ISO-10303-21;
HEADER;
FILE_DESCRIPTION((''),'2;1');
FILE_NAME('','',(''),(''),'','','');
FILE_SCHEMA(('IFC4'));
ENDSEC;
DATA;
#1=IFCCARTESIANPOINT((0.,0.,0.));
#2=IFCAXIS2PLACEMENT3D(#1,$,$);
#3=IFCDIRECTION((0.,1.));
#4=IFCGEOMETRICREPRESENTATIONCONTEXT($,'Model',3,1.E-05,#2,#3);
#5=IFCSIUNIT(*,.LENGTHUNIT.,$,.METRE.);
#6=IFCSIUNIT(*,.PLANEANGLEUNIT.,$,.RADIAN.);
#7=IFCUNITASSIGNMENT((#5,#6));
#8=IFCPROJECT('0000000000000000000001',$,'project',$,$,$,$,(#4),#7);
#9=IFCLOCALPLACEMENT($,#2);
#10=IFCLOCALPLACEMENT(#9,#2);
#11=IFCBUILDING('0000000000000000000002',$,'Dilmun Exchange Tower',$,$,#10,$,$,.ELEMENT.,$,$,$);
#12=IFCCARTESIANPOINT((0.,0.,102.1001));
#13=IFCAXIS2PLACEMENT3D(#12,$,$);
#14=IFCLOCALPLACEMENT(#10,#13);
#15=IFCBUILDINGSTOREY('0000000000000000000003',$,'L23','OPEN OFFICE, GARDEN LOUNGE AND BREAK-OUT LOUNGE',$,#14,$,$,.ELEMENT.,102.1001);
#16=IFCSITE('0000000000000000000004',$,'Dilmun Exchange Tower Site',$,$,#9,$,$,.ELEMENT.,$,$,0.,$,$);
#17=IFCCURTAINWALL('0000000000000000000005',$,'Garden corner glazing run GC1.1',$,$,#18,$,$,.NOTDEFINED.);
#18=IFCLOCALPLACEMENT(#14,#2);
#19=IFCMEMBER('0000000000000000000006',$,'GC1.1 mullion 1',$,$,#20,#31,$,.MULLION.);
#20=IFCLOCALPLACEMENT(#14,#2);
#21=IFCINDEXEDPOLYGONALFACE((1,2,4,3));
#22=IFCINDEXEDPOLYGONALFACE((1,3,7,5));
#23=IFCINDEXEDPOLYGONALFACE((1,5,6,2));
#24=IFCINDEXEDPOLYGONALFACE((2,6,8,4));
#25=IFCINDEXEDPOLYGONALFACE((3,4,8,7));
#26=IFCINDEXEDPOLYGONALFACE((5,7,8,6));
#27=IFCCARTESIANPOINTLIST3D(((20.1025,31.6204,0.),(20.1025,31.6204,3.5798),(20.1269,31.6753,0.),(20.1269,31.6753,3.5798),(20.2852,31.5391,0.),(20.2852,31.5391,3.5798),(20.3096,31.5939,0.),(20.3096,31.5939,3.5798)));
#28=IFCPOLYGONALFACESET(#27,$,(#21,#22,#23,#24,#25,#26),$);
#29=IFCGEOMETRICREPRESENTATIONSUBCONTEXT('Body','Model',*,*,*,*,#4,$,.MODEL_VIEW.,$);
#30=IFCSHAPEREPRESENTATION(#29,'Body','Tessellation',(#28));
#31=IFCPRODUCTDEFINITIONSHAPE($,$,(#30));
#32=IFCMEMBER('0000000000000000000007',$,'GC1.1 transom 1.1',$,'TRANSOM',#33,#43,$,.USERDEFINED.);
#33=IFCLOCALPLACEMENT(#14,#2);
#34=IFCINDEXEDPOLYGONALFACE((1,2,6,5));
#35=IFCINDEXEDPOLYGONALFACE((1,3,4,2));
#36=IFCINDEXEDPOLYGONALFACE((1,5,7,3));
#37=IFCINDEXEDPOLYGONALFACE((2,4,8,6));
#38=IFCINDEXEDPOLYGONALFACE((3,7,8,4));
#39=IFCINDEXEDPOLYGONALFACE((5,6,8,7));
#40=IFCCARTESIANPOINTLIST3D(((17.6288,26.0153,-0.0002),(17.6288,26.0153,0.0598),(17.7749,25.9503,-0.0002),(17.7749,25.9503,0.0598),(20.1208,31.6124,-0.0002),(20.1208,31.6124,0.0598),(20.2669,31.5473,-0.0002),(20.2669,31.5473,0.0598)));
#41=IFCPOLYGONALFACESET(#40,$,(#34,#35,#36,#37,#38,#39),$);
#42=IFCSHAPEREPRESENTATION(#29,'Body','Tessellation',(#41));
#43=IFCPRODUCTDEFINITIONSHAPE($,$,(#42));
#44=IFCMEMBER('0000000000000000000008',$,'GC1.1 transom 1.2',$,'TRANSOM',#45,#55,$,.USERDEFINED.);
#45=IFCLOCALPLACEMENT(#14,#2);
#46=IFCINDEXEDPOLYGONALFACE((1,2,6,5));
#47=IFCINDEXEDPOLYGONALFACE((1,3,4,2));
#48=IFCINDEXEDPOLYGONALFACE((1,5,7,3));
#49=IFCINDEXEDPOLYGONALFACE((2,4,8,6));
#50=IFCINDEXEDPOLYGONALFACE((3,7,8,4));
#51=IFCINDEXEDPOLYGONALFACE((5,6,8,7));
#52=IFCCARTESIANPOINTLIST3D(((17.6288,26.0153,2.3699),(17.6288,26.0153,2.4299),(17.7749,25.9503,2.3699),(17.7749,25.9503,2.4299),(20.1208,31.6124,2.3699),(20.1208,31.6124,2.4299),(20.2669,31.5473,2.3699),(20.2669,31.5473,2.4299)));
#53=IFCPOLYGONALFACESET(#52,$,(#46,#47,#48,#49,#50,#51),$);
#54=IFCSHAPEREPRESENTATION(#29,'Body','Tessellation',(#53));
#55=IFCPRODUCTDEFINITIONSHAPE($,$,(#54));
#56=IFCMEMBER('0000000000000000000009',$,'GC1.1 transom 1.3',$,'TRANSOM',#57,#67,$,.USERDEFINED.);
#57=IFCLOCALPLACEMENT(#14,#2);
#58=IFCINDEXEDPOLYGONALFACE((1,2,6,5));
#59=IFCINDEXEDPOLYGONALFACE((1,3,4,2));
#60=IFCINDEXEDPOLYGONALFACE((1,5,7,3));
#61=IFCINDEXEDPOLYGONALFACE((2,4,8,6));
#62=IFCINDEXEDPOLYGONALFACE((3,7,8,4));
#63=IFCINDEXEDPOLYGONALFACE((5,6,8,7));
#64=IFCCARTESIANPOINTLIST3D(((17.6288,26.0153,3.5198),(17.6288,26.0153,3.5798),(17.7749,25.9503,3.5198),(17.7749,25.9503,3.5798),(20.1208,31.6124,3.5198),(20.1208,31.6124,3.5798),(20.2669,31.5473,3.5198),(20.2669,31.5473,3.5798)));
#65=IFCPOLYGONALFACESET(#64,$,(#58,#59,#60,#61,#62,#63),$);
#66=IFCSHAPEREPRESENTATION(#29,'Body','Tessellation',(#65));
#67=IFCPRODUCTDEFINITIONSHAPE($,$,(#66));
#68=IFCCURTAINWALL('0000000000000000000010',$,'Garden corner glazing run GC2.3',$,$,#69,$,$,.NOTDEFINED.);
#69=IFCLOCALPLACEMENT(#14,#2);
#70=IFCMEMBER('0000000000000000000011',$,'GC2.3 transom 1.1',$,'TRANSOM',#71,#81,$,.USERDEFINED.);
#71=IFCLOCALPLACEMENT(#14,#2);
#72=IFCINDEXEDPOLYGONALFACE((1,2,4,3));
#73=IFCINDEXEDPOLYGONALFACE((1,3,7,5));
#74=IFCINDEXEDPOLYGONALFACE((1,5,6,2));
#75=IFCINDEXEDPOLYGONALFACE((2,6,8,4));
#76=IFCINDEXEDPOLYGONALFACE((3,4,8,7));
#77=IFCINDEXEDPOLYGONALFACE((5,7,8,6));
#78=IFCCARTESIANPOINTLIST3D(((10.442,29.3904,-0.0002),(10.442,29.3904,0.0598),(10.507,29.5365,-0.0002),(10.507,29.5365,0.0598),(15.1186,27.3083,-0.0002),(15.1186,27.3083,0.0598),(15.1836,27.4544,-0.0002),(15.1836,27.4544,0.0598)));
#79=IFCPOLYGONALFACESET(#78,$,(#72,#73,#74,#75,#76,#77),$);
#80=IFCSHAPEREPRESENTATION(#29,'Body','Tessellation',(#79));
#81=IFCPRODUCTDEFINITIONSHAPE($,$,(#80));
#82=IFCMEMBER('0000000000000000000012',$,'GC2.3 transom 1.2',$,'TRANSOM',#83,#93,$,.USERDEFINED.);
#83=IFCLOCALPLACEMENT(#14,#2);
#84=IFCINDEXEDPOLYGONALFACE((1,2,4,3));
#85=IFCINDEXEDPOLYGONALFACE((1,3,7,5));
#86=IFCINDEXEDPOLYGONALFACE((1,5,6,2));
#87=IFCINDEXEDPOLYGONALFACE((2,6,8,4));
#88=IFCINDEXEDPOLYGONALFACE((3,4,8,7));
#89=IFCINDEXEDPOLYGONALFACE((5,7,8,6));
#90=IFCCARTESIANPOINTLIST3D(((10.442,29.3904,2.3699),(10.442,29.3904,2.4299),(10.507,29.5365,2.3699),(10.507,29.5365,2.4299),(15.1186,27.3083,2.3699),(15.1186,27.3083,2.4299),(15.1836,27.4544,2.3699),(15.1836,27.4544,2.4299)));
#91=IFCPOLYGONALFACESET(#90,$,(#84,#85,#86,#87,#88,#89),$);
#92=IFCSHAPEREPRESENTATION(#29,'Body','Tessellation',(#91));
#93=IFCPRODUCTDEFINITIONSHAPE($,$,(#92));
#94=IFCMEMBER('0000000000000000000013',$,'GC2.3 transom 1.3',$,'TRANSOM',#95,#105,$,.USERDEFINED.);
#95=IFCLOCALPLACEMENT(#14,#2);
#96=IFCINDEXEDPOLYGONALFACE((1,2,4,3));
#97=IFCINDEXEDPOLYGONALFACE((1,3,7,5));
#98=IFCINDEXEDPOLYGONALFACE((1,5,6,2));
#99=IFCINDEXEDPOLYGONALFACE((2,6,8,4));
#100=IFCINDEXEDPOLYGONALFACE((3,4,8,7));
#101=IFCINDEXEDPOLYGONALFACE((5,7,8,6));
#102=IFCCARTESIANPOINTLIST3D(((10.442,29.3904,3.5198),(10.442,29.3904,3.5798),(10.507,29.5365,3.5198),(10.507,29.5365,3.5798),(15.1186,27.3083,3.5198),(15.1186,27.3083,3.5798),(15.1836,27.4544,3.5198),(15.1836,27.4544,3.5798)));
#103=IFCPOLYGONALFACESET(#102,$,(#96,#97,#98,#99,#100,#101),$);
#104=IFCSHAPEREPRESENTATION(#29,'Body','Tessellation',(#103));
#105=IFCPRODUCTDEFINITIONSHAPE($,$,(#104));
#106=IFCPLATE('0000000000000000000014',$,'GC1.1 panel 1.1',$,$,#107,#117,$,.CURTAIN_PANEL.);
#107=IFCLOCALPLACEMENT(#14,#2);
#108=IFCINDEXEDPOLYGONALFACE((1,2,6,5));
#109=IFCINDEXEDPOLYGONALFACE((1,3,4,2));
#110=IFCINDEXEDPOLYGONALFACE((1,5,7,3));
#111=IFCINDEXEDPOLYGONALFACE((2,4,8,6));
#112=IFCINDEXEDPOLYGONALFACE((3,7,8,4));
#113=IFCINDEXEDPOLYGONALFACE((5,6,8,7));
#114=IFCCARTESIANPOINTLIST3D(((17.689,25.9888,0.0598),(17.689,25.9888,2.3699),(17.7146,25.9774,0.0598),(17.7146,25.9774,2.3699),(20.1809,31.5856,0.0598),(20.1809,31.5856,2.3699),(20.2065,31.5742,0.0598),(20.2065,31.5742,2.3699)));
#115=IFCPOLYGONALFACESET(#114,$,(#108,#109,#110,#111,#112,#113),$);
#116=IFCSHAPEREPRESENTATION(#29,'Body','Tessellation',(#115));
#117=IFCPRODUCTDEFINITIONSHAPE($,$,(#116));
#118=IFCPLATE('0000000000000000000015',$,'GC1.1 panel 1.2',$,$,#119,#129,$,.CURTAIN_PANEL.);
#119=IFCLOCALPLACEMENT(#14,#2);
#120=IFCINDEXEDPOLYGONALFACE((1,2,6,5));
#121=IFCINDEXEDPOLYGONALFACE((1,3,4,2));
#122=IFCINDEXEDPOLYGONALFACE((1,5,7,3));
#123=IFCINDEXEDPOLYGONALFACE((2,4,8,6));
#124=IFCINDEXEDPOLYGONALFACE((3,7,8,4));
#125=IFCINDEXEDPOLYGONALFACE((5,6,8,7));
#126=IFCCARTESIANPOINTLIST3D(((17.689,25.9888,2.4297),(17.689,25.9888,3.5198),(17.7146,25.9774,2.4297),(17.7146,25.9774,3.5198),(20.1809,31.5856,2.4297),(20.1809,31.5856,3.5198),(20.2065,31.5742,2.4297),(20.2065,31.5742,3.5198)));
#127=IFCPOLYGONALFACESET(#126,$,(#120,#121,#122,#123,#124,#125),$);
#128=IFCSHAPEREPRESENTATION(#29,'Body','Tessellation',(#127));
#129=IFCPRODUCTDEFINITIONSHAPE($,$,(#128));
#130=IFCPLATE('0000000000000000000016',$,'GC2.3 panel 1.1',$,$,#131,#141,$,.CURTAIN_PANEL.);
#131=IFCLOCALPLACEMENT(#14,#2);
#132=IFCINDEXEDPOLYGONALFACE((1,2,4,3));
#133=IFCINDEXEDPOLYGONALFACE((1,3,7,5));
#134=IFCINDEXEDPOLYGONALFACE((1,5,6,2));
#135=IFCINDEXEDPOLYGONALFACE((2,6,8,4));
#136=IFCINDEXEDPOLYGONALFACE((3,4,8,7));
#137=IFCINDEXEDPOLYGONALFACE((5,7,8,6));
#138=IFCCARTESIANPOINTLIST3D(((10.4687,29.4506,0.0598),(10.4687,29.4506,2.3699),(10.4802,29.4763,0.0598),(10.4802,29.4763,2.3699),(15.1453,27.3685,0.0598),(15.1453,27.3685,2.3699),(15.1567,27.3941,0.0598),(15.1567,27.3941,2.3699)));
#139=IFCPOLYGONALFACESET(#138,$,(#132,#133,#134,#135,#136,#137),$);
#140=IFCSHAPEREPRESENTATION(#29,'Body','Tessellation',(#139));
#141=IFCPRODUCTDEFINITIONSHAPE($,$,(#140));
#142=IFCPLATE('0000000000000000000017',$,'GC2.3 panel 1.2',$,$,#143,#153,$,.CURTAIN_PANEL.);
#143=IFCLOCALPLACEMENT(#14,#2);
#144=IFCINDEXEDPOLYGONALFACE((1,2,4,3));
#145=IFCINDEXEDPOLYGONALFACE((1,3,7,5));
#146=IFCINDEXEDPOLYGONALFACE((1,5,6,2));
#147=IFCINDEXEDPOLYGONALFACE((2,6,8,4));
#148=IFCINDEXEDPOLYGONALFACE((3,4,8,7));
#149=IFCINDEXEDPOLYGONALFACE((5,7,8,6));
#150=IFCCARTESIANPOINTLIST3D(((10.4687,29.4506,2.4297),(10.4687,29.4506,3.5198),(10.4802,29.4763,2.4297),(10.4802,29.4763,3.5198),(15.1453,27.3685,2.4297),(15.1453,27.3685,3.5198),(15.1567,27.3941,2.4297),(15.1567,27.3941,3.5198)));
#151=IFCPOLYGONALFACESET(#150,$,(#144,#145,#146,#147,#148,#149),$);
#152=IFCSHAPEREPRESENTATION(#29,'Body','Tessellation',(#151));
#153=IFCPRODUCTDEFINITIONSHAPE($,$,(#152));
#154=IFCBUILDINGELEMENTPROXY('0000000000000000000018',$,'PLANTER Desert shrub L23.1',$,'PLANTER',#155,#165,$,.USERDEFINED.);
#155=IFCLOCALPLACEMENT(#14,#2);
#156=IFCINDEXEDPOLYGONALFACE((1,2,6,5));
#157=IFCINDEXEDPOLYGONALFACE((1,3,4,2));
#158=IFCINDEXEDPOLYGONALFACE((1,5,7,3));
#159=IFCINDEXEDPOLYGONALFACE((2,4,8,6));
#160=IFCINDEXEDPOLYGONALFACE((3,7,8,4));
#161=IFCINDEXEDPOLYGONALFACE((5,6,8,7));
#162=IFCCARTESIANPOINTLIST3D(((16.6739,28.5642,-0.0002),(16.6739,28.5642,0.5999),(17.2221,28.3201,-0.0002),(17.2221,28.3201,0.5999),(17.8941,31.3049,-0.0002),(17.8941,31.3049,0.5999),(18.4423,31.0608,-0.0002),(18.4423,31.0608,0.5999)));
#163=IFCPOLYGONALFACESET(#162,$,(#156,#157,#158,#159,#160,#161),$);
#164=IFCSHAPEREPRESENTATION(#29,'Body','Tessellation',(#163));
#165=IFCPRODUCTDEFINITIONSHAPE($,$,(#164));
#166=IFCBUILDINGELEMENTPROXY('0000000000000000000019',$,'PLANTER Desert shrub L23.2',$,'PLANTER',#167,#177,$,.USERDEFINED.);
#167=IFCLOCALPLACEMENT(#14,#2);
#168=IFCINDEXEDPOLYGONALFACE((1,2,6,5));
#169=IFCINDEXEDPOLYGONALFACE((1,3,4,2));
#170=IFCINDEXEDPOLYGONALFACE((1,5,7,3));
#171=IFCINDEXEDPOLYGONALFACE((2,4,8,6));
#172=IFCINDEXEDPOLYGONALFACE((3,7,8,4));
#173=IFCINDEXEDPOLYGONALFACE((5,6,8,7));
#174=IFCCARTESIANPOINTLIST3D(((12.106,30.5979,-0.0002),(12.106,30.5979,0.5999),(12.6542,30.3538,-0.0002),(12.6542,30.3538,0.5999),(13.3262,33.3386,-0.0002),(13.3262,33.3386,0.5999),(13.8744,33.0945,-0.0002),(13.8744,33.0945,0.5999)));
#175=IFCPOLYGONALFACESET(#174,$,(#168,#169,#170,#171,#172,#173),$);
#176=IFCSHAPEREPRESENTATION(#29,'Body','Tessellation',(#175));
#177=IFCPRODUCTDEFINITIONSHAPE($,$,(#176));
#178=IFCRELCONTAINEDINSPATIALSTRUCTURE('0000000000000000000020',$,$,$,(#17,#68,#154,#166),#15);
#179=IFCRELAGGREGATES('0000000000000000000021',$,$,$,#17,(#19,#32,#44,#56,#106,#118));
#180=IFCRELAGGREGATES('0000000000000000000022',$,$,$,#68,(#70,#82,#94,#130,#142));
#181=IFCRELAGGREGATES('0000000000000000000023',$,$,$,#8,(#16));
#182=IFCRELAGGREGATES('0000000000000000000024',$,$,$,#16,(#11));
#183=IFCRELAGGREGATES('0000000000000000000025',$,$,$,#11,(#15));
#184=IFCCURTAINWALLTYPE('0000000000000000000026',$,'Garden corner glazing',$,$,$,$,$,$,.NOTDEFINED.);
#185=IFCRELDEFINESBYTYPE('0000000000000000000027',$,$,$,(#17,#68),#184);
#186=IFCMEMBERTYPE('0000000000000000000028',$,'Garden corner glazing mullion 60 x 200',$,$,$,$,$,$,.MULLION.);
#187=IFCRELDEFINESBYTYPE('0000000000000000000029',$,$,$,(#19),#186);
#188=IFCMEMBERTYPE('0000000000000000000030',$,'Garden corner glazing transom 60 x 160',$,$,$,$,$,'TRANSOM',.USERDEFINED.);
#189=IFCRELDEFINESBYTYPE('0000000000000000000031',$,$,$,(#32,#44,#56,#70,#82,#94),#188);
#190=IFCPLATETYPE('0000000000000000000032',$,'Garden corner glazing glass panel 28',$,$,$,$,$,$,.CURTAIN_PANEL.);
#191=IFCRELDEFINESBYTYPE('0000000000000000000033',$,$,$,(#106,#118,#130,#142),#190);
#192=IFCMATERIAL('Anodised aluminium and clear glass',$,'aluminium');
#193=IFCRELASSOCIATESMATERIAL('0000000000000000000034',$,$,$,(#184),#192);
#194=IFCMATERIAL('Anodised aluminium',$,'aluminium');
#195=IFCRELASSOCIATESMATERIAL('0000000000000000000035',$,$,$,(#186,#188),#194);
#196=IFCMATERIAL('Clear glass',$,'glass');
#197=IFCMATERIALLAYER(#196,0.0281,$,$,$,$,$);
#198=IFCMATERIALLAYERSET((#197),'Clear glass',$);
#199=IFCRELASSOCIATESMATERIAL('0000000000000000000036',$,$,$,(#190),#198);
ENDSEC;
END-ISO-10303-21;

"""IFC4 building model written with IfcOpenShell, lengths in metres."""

from ifc_helpers import new_model, si_unit, direction, frame, origin, origin_2d, place, context, subcontext, project, spatial, rectangle, extrude, material, layer, layer_set, material_profile, profile_set, type_object, element, aggregate, save


model = new_model("IFC4")

# Units and contexts
model_context = context("Model", 3, precision=1e-05, world=origin(), true_north=direction((0.0, 1.0)))
body_context = subcontext(model_context, "Body", "Model", "MODEL_VIEW")
ifc_project = project(units=[si_unit("LENGTHUNIT", "METRE"), si_unit("PLANEANGLEUNIT", "RADIAN")], contexts=[model_context])

# Site, building, storey
site_placement = place(None, origin())
site = spatial("IfcSite", under=ifc_project, at=site_placement, Name="Dilmun Exchange Tower Site", CompositionType="ELEMENT", RefElevation=0.0)
building_placement = place(site_placement, origin())
building = spatial("IfcBuilding", under=site, at=building_placement, Name="Dilmun Exchange Tower", CompositionType="ELEMENT")
storey_placement = place(building_placement, frame((0.0, 0.0, 102.1001)))
storey = spatial("IfcBuildingStorey", under=building, at=storey_placement, Name="L23", Description="OPEN OFFICE, GARDEN LOUNGE AND BREAK-OUT LOUNGE", CompositionType="ELEMENT", Elevation=102.1001)

# Curtain walls, members
ifc_material_1 = material(Name="Anodised aluminium and clear glass", Category="aluminium")
curtain_wall_type = type_object("IfcCurtainWallType", Name="Garden corner glazing", PredefinedType="NOTDEFINED", material=ifc_material_1)
curtain_wall_1_placement = place(storey_placement, origin())
curtain_wall_1 = element("IfcCurtainWall", 1, at=curtain_wall_1_placement, inside=storey, type_object=curtain_wall_type, Name="Garden corner glazing run GC1.1", PredefinedType="NOTDEFINED")
ifc_material_2 = material(Name="Anodised aluminium", Category="aluminium")
ifc_material_profile_1 = material_profile(ifc_material_2, rectangle(XDim=0.2, YDim=0.0601, at=origin_2d()), Name="AL 60x200")
ifc_profile_set_1 = profile_set([ifc_material_profile_1], Name="Anodised aluminium")
member_type_1 = type_object("IfcMemberType", Name="Garden corner glazing mullion 60 x 200", PredefinedType="MULLION", material=ifc_profile_set_1)
member_1_placement = place(storey_placement, frame((20.2061, 31.6072, 0.0), z_axis=(0.0, 0.0, 1.0), x_axis=(0.913543, -0.406743, 0.0)))
member_1 = element("IfcMember", 2, at=member_1_placement, type_object=member_type_1, Name="GC1.1 mullion 1", PredefinedType="MULLION", context=body_context, shape_type="SweptSolid", body=[
    extrude(rectangle(XDim=0.2, YDim=0.0601, at=origin_2d()), origin(), (0.0, 0.0, 1.0), 3.5798),
])
ifc_material_profile_2 = material_profile(ifc_material_2, rectangle(XDim=0.1599, YDim=0.0601, at=origin_2d()), Name="AL 60x160")
ifc_profile_set_2 = profile_set([ifc_material_profile_2], Name="Anodised aluminium")
member_type_2 = type_object("IfcMemberType", Name="Garden corner glazing transom 60 x 160", ElementType="TRANSOM", PredefinedType="USERDEFINED", material=ifc_profile_set_2)
member_2_placement = place(storey_placement, frame((20.1938, 31.5798, 0.0298), z_axis=(-0.406741, -0.913543, 0.0), x_axis=(0.913543, -0.406741, 0.0)))
member_2 = element("IfcMember", 3, at=member_2_placement, type_object=member_type_2, Name="GC1.1 transom 1.1", ObjectType="TRANSOM", PredefinedType="USERDEFINED", context=body_context, shape_type="SweptSolid", body=[
    extrude(rectangle(XDim=0.1599, YDim=0.0601, at=origin_2d()), origin(), (0.0, 0.0, 1.0), 6.1267),
])
member_3_placement = place(storey_placement, frame((20.1938, 31.5798, 2.3999), z_axis=(-0.406741, -0.913543, 0.0), x_axis=(0.913543, -0.406741, 0.0)))
member_3 = element("IfcMember", 4, at=member_3_placement, type_object=member_type_2, Name="GC1.1 transom 1.2", ObjectType="TRANSOM", PredefinedType="USERDEFINED", context=body_context, shape_type="SweptSolid", body=[
    extrude(rectangle(XDim=0.1599, YDim=0.0601, at=origin_2d()), origin(), (0.0, 0.0, 1.0), 6.1267),
])
member_4_placement = place(storey_placement, frame((20.1938, 31.5798, 3.5498), z_axis=(-0.406741, -0.913543, 0.0), x_axis=(0.913543, -0.406741, 0.0)))
member_4 = element("IfcMember", 5, at=member_4_placement, type_object=member_type_2, Name="GC1.1 transom 1.3", ObjectType="TRANSOM", PredefinedType="USERDEFINED", context=body_context, shape_type="SweptSolid", body=[
    extrude(rectangle(XDim=0.1599, YDim=0.0601, at=origin_2d()), origin(), (0.0, 0.0, 1.0), 6.1267),
])
curtain_wall_2_placement = place(storey_placement, origin())
curtain_wall_2 = element("IfcCurtainWall", 6, at=curtain_wall_2_placement, inside=storey, type_object=curtain_wall_type, Name="Garden corner glazing run GC2.3", PredefinedType="NOTDEFINED")
member_5_placement = place(storey_placement, frame((15.1511, 27.3813, 0.0298), z_axis=(-0.913552, 0.406722, 0.0), x_axis=(-0.406722, -0.913552, 0.0)))
member_5 = element("IfcMember", 7, at=member_5_placement, type_object=member_type_2, Name="GC2.3 transom 1.1", ObjectType="TRANSOM", PredefinedType="USERDEFINED", context=body_context, shape_type="SweptSolid", body=[
    extrude(rectangle(XDim=0.1599, YDim=0.0601, at=origin_2d()), origin(), (0.0, 0.0, 1.0), 5.1191),
])
member_6_placement = place(storey_placement, frame((15.1511, 27.3813, 2.3999), z_axis=(-0.913552, 0.406722, 0.0), x_axis=(-0.406722, -0.913552, 0.0)))
member_6 = element("IfcMember", 8, at=member_6_placement, type_object=member_type_2, Name="GC2.3 transom 1.2", ObjectType="TRANSOM", PredefinedType="USERDEFINED", context=body_context, shape_type="SweptSolid", body=[
    extrude(rectangle(XDim=0.1599, YDim=0.0601, at=origin_2d()), origin(), (0.0, 0.0, 1.0), 5.1191),
])
member_7_placement = place(storey_placement, frame((15.1511, 27.3813, 3.5498), z_axis=(-0.913552, 0.406722, 0.0), x_axis=(-0.406722, -0.913552, 0.0)))
member_7 = element("IfcMember", 9, at=member_7_placement, type_object=member_type_2, Name="GC2.3 transom 1.3", ObjectType="TRANSOM", PredefinedType="USERDEFINED", context=body_context, shape_type="SweptSolid", body=[
    extrude(rectangle(XDim=0.1599, YDim=0.0601, at=origin_2d()), origin(), (0.0, 0.0, 1.0), 5.1191),
])

# Plates
ifc_material_3 = material(Name="Clear glass", Category="glass")
ifc_layer_1 = layer(ifc_material_3, 0.0281)
ifc_layer_set_1 = layer_set([ifc_layer_1], Name="Clear glass")
plate_type = type_object("IfcPlateType", Name="Garden corner glazing glass panel 28", PredefinedType="CURTAIN_PANEL", material=ifc_layer_set_1)
plate_1_placement = place(storey_placement, frame((18.9478, 28.7815, 0.0598), z_axis=(0.0, 0.0, 1.0), x_axis=(-0.406743, -0.913543, 0.0)))
plate_1 = element("IfcPlate", 10, at=plate_1_placement, type_object=plate_type, Name="GC1.1 panel 1.1", PredefinedType="CURTAIN_PANEL", context=body_context, shape_type="SweptSolid", body=[
    extrude(rectangle(XDim=6.1265, YDim=0.0281, at=origin_2d()), origin(), (0.0, 0.0, 1.0), 2.3101),
])
plate_2_placement = place(storey_placement, frame((18.9478, 28.7815, 2.4297), z_axis=(0.0, 0.0, 1.0), x_axis=(-0.406743, -0.913543, 0.0)))
plate_2 = element("IfcPlate", 11, at=plate_2_placement, type_object=plate_type, Name="GC1.1 panel 1.2", PredefinedType="CURTAIN_PANEL", context=body_context, shape_type="SweptSolid", body=[
    extrude(rectangle(XDim=6.1265, YDim=0.0281, at=origin_2d()), origin(), (0.0, 0.0, 1.0), 1.0901),
])
aggregate(curtain_wall_1, [member_1, member_2, member_3, member_4, plate_1, plate_2])
plate_3_placement = place(storey_placement, frame((12.8127, 28.4224, 0.0598), z_axis=(0.0, 0.0, 1.0), x_axis=(-0.913546, 0.406735, 0.0)))
plate_3 = element("IfcPlate", 12, at=plate_3_placement, type_object=plate_type, Name="GC2.3 panel 1.1", PredefinedType="CURTAIN_PANEL", context=body_context, shape_type="SweptSolid", body=[
    extrude(rectangle(XDim=5.1191, YDim=0.0281, at=origin_2d()), origin(), (0.0, 0.0, 1.0), 2.3101),
])
plate_4_placement = place(storey_placement, frame((12.8127, 28.4224, 2.4297), z_axis=(0.0, 0.0, 1.0), x_axis=(-0.913546, 0.406735, 0.0)))
plate_4 = element("IfcPlate", 13, at=plate_4_placement, type_object=plate_type, Name="GC2.3 panel 1.2", PredefinedType="CURTAIN_PANEL", context=body_context, shape_type="SweptSolid", body=[
    extrude(rectangle(XDim=5.1191, YDim=0.0281, at=origin_2d()), origin(), (0.0, 0.0, 1.0), 1.0901),
])
aggregate(curtain_wall_2, [member_5, member_6, member_7, plate_3, plate_4])

# Building element proxies
for number, where, z_axis, x_axis, name in (
    (14, (17.5581, 29.8125, -0.0002), (0.0, 0.0, 1.0), (0.406737, 0.913545, 0.0), "PLANTER Desert shrub L23.1"),
    (15, (12.9902, 31.8462, -0.0002), (0.0, 0.0, 1.0), (0.406737, 0.913545, 0.0), "PLANTER Desert shrub L23.2"),
):
    element("IfcBuildingElementProxy", number, at=place(storey_placement, frame(where, z_axis=z_axis, x_axis=x_axis)), inside=storey, Name=name, ObjectType="PLANTER", PredefinedType="USERDEFINED", context=body_context, shape_type="SweptSolid", body=[
        extrude(rectangle(XDim=3.0, YDim=0.6001, at=origin_2d()), origin(), (0.0, 0.0, 1.0), 0.6001),
    ])

save(model, "model.ifc")
